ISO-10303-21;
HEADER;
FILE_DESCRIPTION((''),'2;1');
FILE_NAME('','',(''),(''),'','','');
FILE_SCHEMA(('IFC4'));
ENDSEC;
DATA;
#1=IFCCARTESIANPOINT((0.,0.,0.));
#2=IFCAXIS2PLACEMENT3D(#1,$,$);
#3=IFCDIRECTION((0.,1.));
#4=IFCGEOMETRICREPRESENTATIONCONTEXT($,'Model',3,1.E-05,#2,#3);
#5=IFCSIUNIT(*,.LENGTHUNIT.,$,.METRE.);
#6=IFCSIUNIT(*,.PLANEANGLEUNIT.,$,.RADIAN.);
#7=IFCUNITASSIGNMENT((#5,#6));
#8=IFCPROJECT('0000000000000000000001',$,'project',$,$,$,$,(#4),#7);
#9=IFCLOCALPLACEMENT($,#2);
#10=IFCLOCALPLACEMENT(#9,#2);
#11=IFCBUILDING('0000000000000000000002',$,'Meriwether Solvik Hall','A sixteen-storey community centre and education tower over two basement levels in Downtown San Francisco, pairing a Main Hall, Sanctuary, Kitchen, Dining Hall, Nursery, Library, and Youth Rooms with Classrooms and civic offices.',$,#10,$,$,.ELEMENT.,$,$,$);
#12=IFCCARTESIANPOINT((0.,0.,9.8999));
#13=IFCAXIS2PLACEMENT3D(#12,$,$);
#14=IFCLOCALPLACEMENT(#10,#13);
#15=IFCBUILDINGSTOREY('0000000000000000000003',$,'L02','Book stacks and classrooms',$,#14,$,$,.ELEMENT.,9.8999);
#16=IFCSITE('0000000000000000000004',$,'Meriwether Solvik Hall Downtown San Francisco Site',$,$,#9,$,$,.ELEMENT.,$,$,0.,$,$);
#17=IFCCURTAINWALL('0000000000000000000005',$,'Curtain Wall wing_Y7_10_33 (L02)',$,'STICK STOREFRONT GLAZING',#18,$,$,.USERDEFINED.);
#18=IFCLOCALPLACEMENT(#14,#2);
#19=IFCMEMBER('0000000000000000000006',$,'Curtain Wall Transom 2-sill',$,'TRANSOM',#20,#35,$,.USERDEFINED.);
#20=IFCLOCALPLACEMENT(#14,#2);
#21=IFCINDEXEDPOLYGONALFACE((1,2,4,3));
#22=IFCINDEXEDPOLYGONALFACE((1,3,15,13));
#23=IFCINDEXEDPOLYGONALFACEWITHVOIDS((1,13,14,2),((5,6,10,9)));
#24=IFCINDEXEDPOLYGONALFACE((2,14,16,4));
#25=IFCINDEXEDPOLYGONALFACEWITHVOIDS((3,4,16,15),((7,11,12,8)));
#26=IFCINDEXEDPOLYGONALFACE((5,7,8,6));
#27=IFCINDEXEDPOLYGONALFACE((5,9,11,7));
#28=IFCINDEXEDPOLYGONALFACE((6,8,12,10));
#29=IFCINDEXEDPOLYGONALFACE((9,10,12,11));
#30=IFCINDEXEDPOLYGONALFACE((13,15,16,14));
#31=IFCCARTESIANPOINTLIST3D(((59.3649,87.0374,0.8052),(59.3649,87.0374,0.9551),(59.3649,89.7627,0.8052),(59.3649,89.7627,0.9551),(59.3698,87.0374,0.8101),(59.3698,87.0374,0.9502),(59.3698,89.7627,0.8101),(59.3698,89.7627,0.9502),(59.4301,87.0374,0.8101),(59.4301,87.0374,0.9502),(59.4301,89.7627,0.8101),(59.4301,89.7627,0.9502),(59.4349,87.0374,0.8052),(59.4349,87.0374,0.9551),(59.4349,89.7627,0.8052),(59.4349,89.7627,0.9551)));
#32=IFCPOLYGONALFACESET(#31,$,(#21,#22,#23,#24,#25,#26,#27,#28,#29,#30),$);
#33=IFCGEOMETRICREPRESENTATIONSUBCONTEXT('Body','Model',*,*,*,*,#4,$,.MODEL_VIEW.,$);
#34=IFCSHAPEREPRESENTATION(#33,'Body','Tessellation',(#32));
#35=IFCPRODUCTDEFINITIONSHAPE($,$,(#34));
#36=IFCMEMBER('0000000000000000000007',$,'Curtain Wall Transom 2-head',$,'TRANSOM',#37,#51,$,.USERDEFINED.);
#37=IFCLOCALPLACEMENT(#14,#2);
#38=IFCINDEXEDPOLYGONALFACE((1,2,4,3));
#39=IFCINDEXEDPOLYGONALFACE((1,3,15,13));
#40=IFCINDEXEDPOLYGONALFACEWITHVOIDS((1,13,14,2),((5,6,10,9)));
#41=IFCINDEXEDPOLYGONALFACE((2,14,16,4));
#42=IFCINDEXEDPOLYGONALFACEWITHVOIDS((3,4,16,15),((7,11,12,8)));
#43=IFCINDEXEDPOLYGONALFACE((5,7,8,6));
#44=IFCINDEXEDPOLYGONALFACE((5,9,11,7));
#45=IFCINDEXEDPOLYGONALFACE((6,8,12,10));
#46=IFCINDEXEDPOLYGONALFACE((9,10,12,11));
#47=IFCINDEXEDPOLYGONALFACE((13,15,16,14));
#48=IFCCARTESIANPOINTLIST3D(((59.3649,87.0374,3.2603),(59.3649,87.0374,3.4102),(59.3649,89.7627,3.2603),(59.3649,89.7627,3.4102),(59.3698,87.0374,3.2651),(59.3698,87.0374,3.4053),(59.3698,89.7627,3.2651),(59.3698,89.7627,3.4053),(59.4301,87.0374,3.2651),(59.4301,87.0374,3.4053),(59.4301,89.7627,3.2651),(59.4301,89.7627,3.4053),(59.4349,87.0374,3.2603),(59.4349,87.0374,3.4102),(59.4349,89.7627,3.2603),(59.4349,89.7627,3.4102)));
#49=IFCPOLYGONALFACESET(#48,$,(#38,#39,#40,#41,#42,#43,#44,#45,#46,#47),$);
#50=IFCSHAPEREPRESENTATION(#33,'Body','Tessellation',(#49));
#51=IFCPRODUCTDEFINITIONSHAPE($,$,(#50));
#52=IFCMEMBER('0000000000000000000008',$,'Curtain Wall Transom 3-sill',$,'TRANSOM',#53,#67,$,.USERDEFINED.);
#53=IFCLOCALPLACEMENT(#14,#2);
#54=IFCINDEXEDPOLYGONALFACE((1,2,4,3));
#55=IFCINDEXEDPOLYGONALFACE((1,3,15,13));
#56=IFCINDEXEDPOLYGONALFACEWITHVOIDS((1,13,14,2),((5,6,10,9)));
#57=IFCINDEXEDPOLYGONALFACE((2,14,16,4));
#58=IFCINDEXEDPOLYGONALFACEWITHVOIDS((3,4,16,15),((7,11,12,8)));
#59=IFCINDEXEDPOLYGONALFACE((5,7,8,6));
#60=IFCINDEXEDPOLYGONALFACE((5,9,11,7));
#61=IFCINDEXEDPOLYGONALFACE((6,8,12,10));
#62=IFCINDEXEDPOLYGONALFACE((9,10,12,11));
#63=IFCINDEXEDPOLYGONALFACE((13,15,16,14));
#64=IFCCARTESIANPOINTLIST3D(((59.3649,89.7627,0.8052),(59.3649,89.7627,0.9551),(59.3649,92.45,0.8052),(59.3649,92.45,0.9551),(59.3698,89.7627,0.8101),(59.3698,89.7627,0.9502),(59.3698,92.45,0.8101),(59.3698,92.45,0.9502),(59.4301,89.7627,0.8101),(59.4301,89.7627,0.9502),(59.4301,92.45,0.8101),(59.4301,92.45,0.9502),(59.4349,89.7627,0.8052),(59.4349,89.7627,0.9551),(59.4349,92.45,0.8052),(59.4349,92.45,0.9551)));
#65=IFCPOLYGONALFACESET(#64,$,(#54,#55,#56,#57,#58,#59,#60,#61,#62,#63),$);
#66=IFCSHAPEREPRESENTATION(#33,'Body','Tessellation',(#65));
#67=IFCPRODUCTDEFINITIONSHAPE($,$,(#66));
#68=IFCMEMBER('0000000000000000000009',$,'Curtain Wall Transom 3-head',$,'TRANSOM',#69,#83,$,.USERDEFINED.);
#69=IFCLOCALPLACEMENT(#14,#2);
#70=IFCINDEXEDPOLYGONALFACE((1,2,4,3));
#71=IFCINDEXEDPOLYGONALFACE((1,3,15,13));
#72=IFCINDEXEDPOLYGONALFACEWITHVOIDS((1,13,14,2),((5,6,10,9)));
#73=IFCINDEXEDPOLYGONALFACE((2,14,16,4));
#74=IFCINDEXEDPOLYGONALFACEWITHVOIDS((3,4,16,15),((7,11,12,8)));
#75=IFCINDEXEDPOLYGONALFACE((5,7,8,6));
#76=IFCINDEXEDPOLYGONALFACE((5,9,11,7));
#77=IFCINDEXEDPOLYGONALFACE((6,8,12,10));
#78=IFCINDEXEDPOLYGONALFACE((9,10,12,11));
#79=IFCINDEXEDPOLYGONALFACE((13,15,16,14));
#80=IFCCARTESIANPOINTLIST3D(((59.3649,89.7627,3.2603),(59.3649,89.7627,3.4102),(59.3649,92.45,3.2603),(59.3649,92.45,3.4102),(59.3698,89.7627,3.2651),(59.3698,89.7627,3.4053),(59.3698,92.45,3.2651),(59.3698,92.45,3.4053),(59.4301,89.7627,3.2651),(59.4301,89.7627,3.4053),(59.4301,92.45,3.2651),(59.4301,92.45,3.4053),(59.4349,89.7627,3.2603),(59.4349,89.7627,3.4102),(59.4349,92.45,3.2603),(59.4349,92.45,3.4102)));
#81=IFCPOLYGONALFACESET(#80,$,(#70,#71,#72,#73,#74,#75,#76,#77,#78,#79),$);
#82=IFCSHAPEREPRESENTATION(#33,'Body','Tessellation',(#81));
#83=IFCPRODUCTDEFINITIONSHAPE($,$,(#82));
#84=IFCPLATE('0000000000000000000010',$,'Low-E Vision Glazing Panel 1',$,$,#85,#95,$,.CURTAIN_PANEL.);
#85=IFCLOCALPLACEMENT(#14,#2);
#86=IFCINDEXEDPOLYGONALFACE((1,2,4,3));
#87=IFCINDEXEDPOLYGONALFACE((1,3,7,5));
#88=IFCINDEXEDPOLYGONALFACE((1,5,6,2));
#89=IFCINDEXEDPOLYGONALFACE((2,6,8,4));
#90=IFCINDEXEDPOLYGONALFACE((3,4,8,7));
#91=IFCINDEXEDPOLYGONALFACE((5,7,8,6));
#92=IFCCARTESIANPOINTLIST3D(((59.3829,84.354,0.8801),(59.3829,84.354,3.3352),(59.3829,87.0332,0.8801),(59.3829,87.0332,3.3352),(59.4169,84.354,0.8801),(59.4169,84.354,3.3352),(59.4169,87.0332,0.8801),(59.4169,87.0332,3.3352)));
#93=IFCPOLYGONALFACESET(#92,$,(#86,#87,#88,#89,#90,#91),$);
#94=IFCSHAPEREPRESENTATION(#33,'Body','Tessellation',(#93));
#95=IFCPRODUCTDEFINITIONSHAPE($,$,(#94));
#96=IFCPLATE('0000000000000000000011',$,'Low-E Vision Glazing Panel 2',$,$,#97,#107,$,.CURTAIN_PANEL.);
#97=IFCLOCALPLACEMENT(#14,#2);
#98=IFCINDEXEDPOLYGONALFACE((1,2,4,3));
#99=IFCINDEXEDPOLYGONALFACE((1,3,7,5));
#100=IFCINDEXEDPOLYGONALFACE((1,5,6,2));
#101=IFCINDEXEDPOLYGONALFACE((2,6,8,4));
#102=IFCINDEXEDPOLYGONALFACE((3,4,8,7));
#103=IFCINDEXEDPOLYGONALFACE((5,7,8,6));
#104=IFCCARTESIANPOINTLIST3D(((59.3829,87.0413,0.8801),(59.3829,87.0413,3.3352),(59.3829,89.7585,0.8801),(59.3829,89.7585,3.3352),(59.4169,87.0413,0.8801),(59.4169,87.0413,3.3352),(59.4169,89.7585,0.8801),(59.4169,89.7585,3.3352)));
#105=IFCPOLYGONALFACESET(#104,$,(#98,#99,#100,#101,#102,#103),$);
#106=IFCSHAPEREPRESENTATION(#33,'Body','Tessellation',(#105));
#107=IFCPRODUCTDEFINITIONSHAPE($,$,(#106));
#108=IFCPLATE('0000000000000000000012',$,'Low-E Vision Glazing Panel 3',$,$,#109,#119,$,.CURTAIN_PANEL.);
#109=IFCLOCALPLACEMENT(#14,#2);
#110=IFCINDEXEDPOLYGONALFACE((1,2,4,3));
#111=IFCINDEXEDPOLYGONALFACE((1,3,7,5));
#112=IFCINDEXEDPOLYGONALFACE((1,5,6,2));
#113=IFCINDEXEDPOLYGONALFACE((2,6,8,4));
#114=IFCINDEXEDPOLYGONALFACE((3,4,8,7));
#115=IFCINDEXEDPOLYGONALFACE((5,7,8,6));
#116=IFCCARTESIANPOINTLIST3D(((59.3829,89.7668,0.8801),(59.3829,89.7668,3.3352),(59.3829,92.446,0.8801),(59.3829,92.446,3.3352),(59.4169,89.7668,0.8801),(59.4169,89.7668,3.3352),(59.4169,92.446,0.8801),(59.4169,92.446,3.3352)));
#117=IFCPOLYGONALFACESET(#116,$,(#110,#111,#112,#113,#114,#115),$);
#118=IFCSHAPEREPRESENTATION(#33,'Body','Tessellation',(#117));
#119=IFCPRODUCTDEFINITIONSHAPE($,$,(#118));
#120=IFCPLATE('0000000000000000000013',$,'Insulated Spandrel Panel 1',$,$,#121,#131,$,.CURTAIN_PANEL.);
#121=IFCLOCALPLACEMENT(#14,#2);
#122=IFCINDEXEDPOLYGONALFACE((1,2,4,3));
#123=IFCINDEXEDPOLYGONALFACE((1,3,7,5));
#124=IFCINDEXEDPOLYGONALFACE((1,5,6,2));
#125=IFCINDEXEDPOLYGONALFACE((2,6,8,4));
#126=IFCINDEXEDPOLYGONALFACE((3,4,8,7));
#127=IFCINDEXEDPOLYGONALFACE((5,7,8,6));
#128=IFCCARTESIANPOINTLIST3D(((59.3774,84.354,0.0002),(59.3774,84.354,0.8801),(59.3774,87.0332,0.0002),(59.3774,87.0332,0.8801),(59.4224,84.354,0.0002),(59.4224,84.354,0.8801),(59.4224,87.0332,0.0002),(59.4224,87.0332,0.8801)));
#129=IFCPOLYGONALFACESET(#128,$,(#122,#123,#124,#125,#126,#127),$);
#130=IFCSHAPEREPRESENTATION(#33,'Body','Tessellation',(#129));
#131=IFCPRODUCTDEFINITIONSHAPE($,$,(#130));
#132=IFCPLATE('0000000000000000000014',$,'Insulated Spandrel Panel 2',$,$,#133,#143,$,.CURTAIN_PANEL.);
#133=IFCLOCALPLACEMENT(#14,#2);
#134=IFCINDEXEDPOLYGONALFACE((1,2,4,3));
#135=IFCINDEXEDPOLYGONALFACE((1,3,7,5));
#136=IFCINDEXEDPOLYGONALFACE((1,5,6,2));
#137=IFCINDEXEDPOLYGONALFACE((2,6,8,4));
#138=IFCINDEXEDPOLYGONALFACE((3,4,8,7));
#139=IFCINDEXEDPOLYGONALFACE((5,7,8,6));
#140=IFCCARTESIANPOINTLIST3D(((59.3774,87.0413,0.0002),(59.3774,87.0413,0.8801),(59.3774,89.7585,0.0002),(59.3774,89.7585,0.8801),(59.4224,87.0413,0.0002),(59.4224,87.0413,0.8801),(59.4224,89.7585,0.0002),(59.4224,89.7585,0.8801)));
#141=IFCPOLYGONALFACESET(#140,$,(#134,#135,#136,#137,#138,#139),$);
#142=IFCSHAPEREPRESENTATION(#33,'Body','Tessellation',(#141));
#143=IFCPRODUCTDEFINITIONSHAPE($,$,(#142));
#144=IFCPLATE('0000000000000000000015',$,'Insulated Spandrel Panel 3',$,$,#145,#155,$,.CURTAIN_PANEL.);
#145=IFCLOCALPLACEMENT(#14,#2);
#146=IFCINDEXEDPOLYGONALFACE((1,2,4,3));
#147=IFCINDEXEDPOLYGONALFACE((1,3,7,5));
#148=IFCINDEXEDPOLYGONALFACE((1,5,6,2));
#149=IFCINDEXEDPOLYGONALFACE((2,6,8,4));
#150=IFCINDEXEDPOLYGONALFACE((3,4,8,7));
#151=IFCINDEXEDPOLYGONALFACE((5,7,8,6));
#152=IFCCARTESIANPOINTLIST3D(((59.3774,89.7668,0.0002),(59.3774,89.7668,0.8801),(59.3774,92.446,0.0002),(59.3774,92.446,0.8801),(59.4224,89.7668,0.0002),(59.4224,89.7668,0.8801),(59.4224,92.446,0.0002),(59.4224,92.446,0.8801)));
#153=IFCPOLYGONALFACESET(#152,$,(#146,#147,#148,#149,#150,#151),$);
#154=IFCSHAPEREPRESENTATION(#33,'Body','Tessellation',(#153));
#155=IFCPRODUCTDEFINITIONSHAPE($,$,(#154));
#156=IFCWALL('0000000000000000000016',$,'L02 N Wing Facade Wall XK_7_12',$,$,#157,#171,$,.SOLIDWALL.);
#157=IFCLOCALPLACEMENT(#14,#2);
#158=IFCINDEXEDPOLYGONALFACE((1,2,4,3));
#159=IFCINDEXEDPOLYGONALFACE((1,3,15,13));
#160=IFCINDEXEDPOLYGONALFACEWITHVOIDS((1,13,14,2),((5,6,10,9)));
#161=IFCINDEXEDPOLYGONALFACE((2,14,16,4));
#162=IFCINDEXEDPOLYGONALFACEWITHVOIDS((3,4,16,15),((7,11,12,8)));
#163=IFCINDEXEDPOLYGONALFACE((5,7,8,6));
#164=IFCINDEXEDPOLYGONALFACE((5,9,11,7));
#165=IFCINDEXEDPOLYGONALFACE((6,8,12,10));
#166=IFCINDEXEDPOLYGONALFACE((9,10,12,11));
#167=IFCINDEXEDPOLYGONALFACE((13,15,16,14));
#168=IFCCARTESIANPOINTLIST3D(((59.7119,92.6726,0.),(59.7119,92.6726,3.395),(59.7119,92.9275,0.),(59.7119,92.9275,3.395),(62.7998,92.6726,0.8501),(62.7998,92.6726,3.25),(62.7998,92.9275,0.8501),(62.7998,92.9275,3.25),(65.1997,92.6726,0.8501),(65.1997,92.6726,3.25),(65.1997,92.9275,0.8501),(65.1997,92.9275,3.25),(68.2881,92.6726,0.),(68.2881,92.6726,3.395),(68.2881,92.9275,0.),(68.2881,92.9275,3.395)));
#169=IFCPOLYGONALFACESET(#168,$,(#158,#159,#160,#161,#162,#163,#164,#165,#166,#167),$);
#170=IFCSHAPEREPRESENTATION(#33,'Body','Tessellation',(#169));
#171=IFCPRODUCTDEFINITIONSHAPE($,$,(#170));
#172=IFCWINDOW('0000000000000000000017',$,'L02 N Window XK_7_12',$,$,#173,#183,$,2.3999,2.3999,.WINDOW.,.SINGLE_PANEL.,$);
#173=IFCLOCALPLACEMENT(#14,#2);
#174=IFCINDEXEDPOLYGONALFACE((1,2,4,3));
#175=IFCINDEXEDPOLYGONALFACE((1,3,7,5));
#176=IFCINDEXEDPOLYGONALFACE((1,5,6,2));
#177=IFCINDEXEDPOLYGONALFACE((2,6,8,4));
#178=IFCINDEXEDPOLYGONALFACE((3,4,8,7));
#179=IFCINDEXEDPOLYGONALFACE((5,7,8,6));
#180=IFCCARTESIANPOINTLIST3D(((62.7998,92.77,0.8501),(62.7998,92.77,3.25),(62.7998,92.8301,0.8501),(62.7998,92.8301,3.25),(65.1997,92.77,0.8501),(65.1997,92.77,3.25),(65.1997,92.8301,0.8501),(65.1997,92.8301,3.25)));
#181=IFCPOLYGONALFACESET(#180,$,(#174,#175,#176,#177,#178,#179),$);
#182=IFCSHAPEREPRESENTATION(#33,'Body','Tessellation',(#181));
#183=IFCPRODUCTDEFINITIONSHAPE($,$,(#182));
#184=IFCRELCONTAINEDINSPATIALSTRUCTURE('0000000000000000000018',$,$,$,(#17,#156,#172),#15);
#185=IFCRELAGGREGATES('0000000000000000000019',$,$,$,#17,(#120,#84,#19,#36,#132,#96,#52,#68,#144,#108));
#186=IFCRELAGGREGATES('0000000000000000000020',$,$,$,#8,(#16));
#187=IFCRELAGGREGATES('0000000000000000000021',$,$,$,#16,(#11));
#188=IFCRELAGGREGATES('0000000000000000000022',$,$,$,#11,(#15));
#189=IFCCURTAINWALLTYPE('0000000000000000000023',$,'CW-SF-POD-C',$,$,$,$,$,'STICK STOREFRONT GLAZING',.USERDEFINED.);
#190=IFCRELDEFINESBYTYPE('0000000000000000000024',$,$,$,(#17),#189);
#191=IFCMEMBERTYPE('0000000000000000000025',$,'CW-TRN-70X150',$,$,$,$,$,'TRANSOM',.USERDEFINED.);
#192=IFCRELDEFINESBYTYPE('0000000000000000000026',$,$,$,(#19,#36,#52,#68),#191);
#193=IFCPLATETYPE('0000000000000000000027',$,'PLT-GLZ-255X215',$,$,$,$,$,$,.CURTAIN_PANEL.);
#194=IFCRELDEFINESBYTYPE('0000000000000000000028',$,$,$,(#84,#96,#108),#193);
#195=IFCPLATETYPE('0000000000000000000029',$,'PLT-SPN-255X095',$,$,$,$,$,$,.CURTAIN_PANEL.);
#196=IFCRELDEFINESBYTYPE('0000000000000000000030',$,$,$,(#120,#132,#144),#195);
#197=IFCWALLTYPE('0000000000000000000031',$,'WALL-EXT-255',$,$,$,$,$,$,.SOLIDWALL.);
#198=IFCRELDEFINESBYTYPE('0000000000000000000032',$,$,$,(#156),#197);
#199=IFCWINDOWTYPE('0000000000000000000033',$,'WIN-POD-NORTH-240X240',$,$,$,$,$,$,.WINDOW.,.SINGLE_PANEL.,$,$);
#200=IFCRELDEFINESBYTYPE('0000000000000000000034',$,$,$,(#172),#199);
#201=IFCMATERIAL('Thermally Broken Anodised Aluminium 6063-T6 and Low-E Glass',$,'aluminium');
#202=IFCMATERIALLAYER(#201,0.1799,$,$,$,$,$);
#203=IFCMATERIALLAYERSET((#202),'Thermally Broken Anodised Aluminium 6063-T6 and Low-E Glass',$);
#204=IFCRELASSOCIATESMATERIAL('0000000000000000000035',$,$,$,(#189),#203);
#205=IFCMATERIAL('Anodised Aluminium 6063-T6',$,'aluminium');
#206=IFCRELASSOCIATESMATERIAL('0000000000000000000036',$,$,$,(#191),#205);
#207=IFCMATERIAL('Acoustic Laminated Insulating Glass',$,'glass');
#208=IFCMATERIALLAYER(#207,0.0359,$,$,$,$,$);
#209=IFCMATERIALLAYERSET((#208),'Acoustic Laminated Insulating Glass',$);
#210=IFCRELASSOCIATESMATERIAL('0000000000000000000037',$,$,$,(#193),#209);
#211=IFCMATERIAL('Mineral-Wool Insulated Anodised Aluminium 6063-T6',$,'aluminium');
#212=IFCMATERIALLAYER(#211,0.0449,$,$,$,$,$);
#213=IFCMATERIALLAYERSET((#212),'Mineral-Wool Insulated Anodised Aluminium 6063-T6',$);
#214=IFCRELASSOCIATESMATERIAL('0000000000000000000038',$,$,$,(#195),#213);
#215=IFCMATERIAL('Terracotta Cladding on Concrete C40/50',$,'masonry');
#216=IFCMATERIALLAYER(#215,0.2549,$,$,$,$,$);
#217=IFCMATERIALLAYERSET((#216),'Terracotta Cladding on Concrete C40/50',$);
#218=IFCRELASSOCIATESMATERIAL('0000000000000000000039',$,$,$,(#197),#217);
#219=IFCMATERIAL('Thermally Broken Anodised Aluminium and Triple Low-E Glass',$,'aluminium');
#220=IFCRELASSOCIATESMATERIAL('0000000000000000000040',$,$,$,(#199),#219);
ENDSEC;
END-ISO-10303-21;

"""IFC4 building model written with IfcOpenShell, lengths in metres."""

from ifc_helpers import new_model, si_unit, direction, frame, frame_2d, origin, origin_2d, place, context, subcontext, project, spatial, rectangle, hollow_rectangle, extrude, material, layer, layer_set, material_profile, profile_set, type_object, element, fill, aggregate, save


model = new_model("IFC4")

# Units and contexts
model_context = context("Model", 3, precision=1e-05, world=origin(), true_north=direction((0.0, 1.0)))
body_context = subcontext(model_context, "Body", "Model", "MODEL_VIEW")
ifc_project = project(units=[si_unit("LENGTHUNIT", "METRE"), si_unit("PLANEANGLEUNIT", "RADIAN")], contexts=[model_context])

# Site, building, storey
site_placement = place(None, origin())
site = spatial("IfcSite", under=ifc_project, at=site_placement, Name="Meriwether Solvik Hall Downtown San Francisco Site", CompositionType="ELEMENT", RefElevation=0.0)
building_placement = place(site_placement, origin())
building = spatial("IfcBuilding", under=site, at=building_placement, Name="Meriwether Solvik Hall", Description="A sixteen-storey community centre and education tower over two basement levels in Downtown San Francisco, pairing a Main Hall, Sanctuary, Kitchen, Dining Hall, Nursery, Library, and Youth Rooms with Classrooms and civic offices.", CompositionType="ELEMENT")
storey_placement = place(building_placement, frame((0.0, 0.0, 9.8999)))
storey = spatial("IfcBuildingStorey", under=building, at=storey_placement, Name="L02", Description="Book stacks and classrooms", CompositionType="ELEMENT", Elevation=9.8999)

# Curtain wall, members, plates
ifc_material_1 = material(Name="Thermally Broken Anodised Aluminium 6063-T6 and Low-E Glass", Category="aluminium")
ifc_layer_1 = layer(ifc_material_1, 0.1799)
ifc_layer_set_1 = layer_set([ifc_layer_1], Name="Thermally Broken Anodised Aluminium 6063-T6 and Low-E Glass")
curtain_wall_type = type_object("IfcCurtainWallType", Name="CW-SF-POD-C", ElementType="STICK STOREFRONT GLAZING", PredefinedType="USERDEFINED", material=ifc_layer_set_1)
curtain_wall_placement = place(storey_placement, origin())
curtain_wall = element("IfcCurtainWall", 1, at=curtain_wall_placement, inside=storey, type_object=curtain_wall_type, Name="Curtain Wall wing_Y7_10_33 (L02)", ObjectType="STICK STOREFRONT GLAZING", PredefinedType="USERDEFINED")
ifc_material_2 = material(Name="Anodised Aluminium 6063-T6", Category="aluminium")
ifc_material_profile_1 = material_profile(ifc_material_2, hollow_rectangle(XDim=0.0701, YDim=0.1499, WallThickness=0.0049, at=origin_2d()), Name="CWT-70X150")
ifc_profile_set_1 = profile_set([ifc_material_profile_1], Name="Anodised Aluminium 6063-T6")
member_type_1 = type_object("IfcMemberType", Name="CW-TRN-70X150", ElementType="TRANSOM", PredefinedType="USERDEFINED", material=ifc_profile_set_1)
member_1_placement = place(storey_placement, frame((59.3999, 87.0374, 0.8801), z_axis=(0.0, 1.0, 0.0), x_axis=(-1.0, 0.0, 0.0)))
member_1 = element("IfcMember", 2, at=member_1_placement, type_object=member_type_1, Name="Curtain Wall Transom 2-sill", ObjectType="TRANSOM", PredefinedType="USERDEFINED", context=body_context, shape_type="SweptSolid", body=[
    extrude(hollow_rectangle(XDim=0.0701, YDim=0.1499, WallThickness=0.0049, at=origin_2d()), origin(), (0.0, 0.0, 1.0), 2.7253),
])
member_2_placement = place(storey_placement, frame((59.3999, 87.0374, 3.3352), z_axis=(0.0, 1.0, 0.0), x_axis=(-1.0, 0.0, 0.0)))
member_2 = element("IfcMember", 3, at=member_2_placement, type_object=member_type_1, Name="Curtain Wall Transom 2-head", ObjectType="TRANSOM", PredefinedType="USERDEFINED", context=body_context, shape_type="SweptSolid", body=[
    extrude(hollow_rectangle(XDim=0.0701, YDim=0.1499, WallThickness=0.0049, at=origin_2d()), origin(), (0.0, 0.0, 1.0), 2.7253),
])
member_3_placement = place(storey_placement, frame((59.3999, 89.7627, 0.8801), z_axis=(0.0, 1.0, 0.0), x_axis=(-1.0, 0.0, 0.0)))
member_3 = element("IfcMember", 4, at=member_3_placement, type_object=member_type_1, Name="Curtain Wall Transom 3-sill", ObjectType="TRANSOM", PredefinedType="USERDEFINED", context=body_context, shape_type="SweptSolid", body=[
    extrude(hollow_rectangle(XDim=0.0701, YDim=0.1499, WallThickness=0.0049, at=origin_2d()), origin(), (0.0, 0.0, 1.0), 2.6873),
])
member_4_placement = place(storey_placement, frame((59.3999, 89.7627, 3.3352), z_axis=(0.0, 1.0, 0.0), x_axis=(-1.0, 0.0, 0.0)))
member_4 = element("IfcMember", 5, at=member_4_placement, type_object=member_type_1, Name="Curtain Wall Transom 3-head", ObjectType="TRANSOM", PredefinedType="USERDEFINED", context=body_context, shape_type="SweptSolid", body=[
    extrude(hollow_rectangle(XDim=0.0701, YDim=0.1499, WallThickness=0.0049, at=origin_2d()), origin(), (0.0, 0.0, 1.0), 2.6873),
])
ifc_material_3 = material(Name="Acoustic Laminated Insulating Glass", Category="glass")
ifc_layer_2 = layer(ifc_material_3, 0.0359)
ifc_layer_set_2 = layer_set([ifc_layer_2], Name="Acoustic Laminated Insulating Glass")
plate_type_1 = type_object("IfcPlateType", Name="PLT-GLZ-255X215", PredefinedType="CURTAIN_PANEL", material=ifc_layer_set_2)
plate_1_placement = place(storey_placement, frame((59.3999, 85.6936, 0.8801), z_axis=(0.0, 0.0, 1.0), x_axis=(0.0, 1.0, 0.0)))
plate_1 = element("IfcPlate", 6, at=plate_1_placement, type_object=plate_type_1, Name="Low-E Vision Glazing Panel 1", PredefinedType="CURTAIN_PANEL", context=body_context, shape_type="SweptSolid", body=[
    extrude(rectangle(XDim=2.6792, YDim=0.0339, at=origin_2d()), origin(), (0.0, 0.0, 1.0), 2.4551),
])
plate_2_placement = place(storey_placement, frame((59.3999, 88.3999, 0.8801), z_axis=(0.0, 0.0, 1.0), x_axis=(0.0, 1.0, 0.0)))
plate_2 = element("IfcPlate", 7, at=plate_2_placement, type_object=plate_type_1, Name="Low-E Vision Glazing Panel 2", PredefinedType="CURTAIN_PANEL", context=body_context, shape_type="SweptSolid", body=[
    extrude(rectangle(XDim=2.7173, YDim=0.0339, at=origin_2d()), origin(), (0.0, 0.0, 1.0), 2.4551),
])
plate_3_placement = place(storey_placement, frame((59.3999, 91.1064, 0.8801), z_axis=(0.0, 0.0, 1.0), x_axis=(0.0, 1.0, 0.0)))
plate_3 = element("IfcPlate", 8, at=plate_3_placement, type_object=plate_type_1, Name="Low-E Vision Glazing Panel 3", PredefinedType="CURTAIN_PANEL", context=body_context, shape_type="SweptSolid", body=[
    extrude(rectangle(XDim=2.6792, YDim=0.0339, at=origin_2d()), origin(), (0.0, 0.0, 1.0), 2.4551),
])
ifc_material_4 = material(Name="Mineral-Wool Insulated Anodised Aluminium 6063-T6", Category="aluminium")
ifc_layer_3 = layer(ifc_material_4, 0.0449)
ifc_layer_set_3 = layer_set([ifc_layer_3], Name="Mineral-Wool Insulated Anodised Aluminium 6063-T6")
plate_type_2 = type_object("IfcPlateType", Name="PLT-SPN-255X095", PredefinedType="CURTAIN_PANEL", material=ifc_layer_set_3)
plate_4_placement = place(storey_placement, frame((59.3999, 85.6936, 0.0002), z_axis=(0.0, 0.0, 1.0), x_axis=(0.0, 1.0, 0.0)))
plate_4 = element("IfcPlate", 9, at=plate_4_placement, type_object=plate_type_2, Name="Insulated Spandrel Panel 1", PredefinedType="CURTAIN_PANEL", context=body_context, shape_type="SweptSolid", body=[
    extrude(rectangle(XDim=2.6792, YDim=0.0449, at=origin_2d()), origin(), (0.0, 0.0, 1.0), 0.8799),
])
plate_5_placement = place(storey_placement, frame((59.3999, 88.3999, 0.0002), z_axis=(0.0, 0.0, 1.0), x_axis=(0.0, 1.0, 0.0)))
plate_5 = element("IfcPlate", 10, at=plate_5_placement, type_object=plate_type_2, Name="Insulated Spandrel Panel 2", PredefinedType="CURTAIN_PANEL", context=body_context, shape_type="SweptSolid", body=[
    extrude(rectangle(XDim=2.7173, YDim=0.0449, at=origin_2d()), origin(), (0.0, 0.0, 1.0), 0.8799),
])
plate_6_placement = place(storey_placement, frame((59.3999, 91.1064, 0.0002), z_axis=(0.0, 0.0, 1.0), x_axis=(0.0, 1.0, 0.0)))
plate_6 = element("IfcPlate", 11, at=plate_6_placement, type_object=plate_type_2, Name="Insulated Spandrel Panel 3", PredefinedType="CURTAIN_PANEL", context=body_context, shape_type="SweptSolid", body=[
    extrude(rectangle(XDim=2.6792, YDim=0.0449, at=origin_2d()), origin(), (0.0, 0.0, 1.0), 0.8799),
])
aggregate(curtain_wall, [plate_4, plate_1, member_1, member_2, plate_5, plate_2, member_3, member_4, plate_6, plate_3])

# Wall, opening, window
ifc_material_5 = material(Name="Terracotta Cladding on Concrete C40/50", Category="masonry")
ifc_layer_4 = layer(ifc_material_5, 0.2549)
ifc_layer_set_4 = layer_set([ifc_layer_4], Name="Terracotta Cladding on Concrete C40/50")
wall_type_1 = type_object("IfcWallType", Name="WALL-EXT-255", PredefinedType="SOLIDWALL", material=ifc_layer_set_4)
wall_1_placement = place(storey_placement, frame((59.7119, 92.8, 0.0), z_axis=(0.0, 0.0, 1.0), x_axis=(1.0, 0.0, 0.0)))
wall_1 = element("IfcWall", 12, at=wall_1_placement, inside=storey, type_object=wall_type_1, Name="L02 N Wing Facade Wall XK_7_12", PredefinedType="SOLIDWALL", context=body_context, shape_type="SweptSolid", body=[
    extrude(rectangle(XDim=8.5762, YDim=0.2549, at=frame_2d((4.2881, 0.0))), origin(), (0.0, 0.0, 1.0), 3.395),
])
opening_1_placement = place(wall_1_placement, frame((3.0879, 0.0, 0.8501)))
opening_1 = element("IfcOpeningElement", 13, at=opening_1_placement, cuts=wall_1, PredefinedType="OPENING", context=body_context, shape_type="SweptSolid", body=[
    extrude(rectangle(XDim=2.3999, YDim=2.3999, at=frame_2d((1.2, 1.2))), frame((0.0, 0.1394, 0.0), z_axis=(0.0, -1.0, 0.0), x_axis=(1.0, 0.0, 0.0)), (0.0, 0.0, 1.0), 0.2788),
])
ifc_material_6 = material(Name="Thermally Broken Anodised Aluminium and Triple Low-E Glass", Category="aluminium")
window_type = type_object("IfcWindowType", Name="WIN-POD-NORTH-240X240", PartitioningType="SINGLE_PANEL", PredefinedType="WINDOW", material=ifc_material_6)
window_1_placement = place(opening_1_placement, origin())
window_1 = element("IfcWindow", 14, at=window_1_placement, inside=storey, type_object=window_type, Name="L02 N Window XK_7_12", OverallHeight=2.3999, OverallWidth=2.3999, PartitioningType="SINGLE_PANEL", PredefinedType="WINDOW", context=body_context, shape_type="SweptSolid", body=[
    extrude(rectangle(XDim=2.3999, YDim=2.3999, at=frame_2d((1.2, 1.2))), frame((0.0, 0.03, 0.0), z_axis=(0.0, -1.0, 0.0), x_axis=(1.0, 0.0, 0.0)), (0.0, 0.0, 1.0), 0.0601),
])
fill(opening_1, window_1)

save(model, "model.ifc")
